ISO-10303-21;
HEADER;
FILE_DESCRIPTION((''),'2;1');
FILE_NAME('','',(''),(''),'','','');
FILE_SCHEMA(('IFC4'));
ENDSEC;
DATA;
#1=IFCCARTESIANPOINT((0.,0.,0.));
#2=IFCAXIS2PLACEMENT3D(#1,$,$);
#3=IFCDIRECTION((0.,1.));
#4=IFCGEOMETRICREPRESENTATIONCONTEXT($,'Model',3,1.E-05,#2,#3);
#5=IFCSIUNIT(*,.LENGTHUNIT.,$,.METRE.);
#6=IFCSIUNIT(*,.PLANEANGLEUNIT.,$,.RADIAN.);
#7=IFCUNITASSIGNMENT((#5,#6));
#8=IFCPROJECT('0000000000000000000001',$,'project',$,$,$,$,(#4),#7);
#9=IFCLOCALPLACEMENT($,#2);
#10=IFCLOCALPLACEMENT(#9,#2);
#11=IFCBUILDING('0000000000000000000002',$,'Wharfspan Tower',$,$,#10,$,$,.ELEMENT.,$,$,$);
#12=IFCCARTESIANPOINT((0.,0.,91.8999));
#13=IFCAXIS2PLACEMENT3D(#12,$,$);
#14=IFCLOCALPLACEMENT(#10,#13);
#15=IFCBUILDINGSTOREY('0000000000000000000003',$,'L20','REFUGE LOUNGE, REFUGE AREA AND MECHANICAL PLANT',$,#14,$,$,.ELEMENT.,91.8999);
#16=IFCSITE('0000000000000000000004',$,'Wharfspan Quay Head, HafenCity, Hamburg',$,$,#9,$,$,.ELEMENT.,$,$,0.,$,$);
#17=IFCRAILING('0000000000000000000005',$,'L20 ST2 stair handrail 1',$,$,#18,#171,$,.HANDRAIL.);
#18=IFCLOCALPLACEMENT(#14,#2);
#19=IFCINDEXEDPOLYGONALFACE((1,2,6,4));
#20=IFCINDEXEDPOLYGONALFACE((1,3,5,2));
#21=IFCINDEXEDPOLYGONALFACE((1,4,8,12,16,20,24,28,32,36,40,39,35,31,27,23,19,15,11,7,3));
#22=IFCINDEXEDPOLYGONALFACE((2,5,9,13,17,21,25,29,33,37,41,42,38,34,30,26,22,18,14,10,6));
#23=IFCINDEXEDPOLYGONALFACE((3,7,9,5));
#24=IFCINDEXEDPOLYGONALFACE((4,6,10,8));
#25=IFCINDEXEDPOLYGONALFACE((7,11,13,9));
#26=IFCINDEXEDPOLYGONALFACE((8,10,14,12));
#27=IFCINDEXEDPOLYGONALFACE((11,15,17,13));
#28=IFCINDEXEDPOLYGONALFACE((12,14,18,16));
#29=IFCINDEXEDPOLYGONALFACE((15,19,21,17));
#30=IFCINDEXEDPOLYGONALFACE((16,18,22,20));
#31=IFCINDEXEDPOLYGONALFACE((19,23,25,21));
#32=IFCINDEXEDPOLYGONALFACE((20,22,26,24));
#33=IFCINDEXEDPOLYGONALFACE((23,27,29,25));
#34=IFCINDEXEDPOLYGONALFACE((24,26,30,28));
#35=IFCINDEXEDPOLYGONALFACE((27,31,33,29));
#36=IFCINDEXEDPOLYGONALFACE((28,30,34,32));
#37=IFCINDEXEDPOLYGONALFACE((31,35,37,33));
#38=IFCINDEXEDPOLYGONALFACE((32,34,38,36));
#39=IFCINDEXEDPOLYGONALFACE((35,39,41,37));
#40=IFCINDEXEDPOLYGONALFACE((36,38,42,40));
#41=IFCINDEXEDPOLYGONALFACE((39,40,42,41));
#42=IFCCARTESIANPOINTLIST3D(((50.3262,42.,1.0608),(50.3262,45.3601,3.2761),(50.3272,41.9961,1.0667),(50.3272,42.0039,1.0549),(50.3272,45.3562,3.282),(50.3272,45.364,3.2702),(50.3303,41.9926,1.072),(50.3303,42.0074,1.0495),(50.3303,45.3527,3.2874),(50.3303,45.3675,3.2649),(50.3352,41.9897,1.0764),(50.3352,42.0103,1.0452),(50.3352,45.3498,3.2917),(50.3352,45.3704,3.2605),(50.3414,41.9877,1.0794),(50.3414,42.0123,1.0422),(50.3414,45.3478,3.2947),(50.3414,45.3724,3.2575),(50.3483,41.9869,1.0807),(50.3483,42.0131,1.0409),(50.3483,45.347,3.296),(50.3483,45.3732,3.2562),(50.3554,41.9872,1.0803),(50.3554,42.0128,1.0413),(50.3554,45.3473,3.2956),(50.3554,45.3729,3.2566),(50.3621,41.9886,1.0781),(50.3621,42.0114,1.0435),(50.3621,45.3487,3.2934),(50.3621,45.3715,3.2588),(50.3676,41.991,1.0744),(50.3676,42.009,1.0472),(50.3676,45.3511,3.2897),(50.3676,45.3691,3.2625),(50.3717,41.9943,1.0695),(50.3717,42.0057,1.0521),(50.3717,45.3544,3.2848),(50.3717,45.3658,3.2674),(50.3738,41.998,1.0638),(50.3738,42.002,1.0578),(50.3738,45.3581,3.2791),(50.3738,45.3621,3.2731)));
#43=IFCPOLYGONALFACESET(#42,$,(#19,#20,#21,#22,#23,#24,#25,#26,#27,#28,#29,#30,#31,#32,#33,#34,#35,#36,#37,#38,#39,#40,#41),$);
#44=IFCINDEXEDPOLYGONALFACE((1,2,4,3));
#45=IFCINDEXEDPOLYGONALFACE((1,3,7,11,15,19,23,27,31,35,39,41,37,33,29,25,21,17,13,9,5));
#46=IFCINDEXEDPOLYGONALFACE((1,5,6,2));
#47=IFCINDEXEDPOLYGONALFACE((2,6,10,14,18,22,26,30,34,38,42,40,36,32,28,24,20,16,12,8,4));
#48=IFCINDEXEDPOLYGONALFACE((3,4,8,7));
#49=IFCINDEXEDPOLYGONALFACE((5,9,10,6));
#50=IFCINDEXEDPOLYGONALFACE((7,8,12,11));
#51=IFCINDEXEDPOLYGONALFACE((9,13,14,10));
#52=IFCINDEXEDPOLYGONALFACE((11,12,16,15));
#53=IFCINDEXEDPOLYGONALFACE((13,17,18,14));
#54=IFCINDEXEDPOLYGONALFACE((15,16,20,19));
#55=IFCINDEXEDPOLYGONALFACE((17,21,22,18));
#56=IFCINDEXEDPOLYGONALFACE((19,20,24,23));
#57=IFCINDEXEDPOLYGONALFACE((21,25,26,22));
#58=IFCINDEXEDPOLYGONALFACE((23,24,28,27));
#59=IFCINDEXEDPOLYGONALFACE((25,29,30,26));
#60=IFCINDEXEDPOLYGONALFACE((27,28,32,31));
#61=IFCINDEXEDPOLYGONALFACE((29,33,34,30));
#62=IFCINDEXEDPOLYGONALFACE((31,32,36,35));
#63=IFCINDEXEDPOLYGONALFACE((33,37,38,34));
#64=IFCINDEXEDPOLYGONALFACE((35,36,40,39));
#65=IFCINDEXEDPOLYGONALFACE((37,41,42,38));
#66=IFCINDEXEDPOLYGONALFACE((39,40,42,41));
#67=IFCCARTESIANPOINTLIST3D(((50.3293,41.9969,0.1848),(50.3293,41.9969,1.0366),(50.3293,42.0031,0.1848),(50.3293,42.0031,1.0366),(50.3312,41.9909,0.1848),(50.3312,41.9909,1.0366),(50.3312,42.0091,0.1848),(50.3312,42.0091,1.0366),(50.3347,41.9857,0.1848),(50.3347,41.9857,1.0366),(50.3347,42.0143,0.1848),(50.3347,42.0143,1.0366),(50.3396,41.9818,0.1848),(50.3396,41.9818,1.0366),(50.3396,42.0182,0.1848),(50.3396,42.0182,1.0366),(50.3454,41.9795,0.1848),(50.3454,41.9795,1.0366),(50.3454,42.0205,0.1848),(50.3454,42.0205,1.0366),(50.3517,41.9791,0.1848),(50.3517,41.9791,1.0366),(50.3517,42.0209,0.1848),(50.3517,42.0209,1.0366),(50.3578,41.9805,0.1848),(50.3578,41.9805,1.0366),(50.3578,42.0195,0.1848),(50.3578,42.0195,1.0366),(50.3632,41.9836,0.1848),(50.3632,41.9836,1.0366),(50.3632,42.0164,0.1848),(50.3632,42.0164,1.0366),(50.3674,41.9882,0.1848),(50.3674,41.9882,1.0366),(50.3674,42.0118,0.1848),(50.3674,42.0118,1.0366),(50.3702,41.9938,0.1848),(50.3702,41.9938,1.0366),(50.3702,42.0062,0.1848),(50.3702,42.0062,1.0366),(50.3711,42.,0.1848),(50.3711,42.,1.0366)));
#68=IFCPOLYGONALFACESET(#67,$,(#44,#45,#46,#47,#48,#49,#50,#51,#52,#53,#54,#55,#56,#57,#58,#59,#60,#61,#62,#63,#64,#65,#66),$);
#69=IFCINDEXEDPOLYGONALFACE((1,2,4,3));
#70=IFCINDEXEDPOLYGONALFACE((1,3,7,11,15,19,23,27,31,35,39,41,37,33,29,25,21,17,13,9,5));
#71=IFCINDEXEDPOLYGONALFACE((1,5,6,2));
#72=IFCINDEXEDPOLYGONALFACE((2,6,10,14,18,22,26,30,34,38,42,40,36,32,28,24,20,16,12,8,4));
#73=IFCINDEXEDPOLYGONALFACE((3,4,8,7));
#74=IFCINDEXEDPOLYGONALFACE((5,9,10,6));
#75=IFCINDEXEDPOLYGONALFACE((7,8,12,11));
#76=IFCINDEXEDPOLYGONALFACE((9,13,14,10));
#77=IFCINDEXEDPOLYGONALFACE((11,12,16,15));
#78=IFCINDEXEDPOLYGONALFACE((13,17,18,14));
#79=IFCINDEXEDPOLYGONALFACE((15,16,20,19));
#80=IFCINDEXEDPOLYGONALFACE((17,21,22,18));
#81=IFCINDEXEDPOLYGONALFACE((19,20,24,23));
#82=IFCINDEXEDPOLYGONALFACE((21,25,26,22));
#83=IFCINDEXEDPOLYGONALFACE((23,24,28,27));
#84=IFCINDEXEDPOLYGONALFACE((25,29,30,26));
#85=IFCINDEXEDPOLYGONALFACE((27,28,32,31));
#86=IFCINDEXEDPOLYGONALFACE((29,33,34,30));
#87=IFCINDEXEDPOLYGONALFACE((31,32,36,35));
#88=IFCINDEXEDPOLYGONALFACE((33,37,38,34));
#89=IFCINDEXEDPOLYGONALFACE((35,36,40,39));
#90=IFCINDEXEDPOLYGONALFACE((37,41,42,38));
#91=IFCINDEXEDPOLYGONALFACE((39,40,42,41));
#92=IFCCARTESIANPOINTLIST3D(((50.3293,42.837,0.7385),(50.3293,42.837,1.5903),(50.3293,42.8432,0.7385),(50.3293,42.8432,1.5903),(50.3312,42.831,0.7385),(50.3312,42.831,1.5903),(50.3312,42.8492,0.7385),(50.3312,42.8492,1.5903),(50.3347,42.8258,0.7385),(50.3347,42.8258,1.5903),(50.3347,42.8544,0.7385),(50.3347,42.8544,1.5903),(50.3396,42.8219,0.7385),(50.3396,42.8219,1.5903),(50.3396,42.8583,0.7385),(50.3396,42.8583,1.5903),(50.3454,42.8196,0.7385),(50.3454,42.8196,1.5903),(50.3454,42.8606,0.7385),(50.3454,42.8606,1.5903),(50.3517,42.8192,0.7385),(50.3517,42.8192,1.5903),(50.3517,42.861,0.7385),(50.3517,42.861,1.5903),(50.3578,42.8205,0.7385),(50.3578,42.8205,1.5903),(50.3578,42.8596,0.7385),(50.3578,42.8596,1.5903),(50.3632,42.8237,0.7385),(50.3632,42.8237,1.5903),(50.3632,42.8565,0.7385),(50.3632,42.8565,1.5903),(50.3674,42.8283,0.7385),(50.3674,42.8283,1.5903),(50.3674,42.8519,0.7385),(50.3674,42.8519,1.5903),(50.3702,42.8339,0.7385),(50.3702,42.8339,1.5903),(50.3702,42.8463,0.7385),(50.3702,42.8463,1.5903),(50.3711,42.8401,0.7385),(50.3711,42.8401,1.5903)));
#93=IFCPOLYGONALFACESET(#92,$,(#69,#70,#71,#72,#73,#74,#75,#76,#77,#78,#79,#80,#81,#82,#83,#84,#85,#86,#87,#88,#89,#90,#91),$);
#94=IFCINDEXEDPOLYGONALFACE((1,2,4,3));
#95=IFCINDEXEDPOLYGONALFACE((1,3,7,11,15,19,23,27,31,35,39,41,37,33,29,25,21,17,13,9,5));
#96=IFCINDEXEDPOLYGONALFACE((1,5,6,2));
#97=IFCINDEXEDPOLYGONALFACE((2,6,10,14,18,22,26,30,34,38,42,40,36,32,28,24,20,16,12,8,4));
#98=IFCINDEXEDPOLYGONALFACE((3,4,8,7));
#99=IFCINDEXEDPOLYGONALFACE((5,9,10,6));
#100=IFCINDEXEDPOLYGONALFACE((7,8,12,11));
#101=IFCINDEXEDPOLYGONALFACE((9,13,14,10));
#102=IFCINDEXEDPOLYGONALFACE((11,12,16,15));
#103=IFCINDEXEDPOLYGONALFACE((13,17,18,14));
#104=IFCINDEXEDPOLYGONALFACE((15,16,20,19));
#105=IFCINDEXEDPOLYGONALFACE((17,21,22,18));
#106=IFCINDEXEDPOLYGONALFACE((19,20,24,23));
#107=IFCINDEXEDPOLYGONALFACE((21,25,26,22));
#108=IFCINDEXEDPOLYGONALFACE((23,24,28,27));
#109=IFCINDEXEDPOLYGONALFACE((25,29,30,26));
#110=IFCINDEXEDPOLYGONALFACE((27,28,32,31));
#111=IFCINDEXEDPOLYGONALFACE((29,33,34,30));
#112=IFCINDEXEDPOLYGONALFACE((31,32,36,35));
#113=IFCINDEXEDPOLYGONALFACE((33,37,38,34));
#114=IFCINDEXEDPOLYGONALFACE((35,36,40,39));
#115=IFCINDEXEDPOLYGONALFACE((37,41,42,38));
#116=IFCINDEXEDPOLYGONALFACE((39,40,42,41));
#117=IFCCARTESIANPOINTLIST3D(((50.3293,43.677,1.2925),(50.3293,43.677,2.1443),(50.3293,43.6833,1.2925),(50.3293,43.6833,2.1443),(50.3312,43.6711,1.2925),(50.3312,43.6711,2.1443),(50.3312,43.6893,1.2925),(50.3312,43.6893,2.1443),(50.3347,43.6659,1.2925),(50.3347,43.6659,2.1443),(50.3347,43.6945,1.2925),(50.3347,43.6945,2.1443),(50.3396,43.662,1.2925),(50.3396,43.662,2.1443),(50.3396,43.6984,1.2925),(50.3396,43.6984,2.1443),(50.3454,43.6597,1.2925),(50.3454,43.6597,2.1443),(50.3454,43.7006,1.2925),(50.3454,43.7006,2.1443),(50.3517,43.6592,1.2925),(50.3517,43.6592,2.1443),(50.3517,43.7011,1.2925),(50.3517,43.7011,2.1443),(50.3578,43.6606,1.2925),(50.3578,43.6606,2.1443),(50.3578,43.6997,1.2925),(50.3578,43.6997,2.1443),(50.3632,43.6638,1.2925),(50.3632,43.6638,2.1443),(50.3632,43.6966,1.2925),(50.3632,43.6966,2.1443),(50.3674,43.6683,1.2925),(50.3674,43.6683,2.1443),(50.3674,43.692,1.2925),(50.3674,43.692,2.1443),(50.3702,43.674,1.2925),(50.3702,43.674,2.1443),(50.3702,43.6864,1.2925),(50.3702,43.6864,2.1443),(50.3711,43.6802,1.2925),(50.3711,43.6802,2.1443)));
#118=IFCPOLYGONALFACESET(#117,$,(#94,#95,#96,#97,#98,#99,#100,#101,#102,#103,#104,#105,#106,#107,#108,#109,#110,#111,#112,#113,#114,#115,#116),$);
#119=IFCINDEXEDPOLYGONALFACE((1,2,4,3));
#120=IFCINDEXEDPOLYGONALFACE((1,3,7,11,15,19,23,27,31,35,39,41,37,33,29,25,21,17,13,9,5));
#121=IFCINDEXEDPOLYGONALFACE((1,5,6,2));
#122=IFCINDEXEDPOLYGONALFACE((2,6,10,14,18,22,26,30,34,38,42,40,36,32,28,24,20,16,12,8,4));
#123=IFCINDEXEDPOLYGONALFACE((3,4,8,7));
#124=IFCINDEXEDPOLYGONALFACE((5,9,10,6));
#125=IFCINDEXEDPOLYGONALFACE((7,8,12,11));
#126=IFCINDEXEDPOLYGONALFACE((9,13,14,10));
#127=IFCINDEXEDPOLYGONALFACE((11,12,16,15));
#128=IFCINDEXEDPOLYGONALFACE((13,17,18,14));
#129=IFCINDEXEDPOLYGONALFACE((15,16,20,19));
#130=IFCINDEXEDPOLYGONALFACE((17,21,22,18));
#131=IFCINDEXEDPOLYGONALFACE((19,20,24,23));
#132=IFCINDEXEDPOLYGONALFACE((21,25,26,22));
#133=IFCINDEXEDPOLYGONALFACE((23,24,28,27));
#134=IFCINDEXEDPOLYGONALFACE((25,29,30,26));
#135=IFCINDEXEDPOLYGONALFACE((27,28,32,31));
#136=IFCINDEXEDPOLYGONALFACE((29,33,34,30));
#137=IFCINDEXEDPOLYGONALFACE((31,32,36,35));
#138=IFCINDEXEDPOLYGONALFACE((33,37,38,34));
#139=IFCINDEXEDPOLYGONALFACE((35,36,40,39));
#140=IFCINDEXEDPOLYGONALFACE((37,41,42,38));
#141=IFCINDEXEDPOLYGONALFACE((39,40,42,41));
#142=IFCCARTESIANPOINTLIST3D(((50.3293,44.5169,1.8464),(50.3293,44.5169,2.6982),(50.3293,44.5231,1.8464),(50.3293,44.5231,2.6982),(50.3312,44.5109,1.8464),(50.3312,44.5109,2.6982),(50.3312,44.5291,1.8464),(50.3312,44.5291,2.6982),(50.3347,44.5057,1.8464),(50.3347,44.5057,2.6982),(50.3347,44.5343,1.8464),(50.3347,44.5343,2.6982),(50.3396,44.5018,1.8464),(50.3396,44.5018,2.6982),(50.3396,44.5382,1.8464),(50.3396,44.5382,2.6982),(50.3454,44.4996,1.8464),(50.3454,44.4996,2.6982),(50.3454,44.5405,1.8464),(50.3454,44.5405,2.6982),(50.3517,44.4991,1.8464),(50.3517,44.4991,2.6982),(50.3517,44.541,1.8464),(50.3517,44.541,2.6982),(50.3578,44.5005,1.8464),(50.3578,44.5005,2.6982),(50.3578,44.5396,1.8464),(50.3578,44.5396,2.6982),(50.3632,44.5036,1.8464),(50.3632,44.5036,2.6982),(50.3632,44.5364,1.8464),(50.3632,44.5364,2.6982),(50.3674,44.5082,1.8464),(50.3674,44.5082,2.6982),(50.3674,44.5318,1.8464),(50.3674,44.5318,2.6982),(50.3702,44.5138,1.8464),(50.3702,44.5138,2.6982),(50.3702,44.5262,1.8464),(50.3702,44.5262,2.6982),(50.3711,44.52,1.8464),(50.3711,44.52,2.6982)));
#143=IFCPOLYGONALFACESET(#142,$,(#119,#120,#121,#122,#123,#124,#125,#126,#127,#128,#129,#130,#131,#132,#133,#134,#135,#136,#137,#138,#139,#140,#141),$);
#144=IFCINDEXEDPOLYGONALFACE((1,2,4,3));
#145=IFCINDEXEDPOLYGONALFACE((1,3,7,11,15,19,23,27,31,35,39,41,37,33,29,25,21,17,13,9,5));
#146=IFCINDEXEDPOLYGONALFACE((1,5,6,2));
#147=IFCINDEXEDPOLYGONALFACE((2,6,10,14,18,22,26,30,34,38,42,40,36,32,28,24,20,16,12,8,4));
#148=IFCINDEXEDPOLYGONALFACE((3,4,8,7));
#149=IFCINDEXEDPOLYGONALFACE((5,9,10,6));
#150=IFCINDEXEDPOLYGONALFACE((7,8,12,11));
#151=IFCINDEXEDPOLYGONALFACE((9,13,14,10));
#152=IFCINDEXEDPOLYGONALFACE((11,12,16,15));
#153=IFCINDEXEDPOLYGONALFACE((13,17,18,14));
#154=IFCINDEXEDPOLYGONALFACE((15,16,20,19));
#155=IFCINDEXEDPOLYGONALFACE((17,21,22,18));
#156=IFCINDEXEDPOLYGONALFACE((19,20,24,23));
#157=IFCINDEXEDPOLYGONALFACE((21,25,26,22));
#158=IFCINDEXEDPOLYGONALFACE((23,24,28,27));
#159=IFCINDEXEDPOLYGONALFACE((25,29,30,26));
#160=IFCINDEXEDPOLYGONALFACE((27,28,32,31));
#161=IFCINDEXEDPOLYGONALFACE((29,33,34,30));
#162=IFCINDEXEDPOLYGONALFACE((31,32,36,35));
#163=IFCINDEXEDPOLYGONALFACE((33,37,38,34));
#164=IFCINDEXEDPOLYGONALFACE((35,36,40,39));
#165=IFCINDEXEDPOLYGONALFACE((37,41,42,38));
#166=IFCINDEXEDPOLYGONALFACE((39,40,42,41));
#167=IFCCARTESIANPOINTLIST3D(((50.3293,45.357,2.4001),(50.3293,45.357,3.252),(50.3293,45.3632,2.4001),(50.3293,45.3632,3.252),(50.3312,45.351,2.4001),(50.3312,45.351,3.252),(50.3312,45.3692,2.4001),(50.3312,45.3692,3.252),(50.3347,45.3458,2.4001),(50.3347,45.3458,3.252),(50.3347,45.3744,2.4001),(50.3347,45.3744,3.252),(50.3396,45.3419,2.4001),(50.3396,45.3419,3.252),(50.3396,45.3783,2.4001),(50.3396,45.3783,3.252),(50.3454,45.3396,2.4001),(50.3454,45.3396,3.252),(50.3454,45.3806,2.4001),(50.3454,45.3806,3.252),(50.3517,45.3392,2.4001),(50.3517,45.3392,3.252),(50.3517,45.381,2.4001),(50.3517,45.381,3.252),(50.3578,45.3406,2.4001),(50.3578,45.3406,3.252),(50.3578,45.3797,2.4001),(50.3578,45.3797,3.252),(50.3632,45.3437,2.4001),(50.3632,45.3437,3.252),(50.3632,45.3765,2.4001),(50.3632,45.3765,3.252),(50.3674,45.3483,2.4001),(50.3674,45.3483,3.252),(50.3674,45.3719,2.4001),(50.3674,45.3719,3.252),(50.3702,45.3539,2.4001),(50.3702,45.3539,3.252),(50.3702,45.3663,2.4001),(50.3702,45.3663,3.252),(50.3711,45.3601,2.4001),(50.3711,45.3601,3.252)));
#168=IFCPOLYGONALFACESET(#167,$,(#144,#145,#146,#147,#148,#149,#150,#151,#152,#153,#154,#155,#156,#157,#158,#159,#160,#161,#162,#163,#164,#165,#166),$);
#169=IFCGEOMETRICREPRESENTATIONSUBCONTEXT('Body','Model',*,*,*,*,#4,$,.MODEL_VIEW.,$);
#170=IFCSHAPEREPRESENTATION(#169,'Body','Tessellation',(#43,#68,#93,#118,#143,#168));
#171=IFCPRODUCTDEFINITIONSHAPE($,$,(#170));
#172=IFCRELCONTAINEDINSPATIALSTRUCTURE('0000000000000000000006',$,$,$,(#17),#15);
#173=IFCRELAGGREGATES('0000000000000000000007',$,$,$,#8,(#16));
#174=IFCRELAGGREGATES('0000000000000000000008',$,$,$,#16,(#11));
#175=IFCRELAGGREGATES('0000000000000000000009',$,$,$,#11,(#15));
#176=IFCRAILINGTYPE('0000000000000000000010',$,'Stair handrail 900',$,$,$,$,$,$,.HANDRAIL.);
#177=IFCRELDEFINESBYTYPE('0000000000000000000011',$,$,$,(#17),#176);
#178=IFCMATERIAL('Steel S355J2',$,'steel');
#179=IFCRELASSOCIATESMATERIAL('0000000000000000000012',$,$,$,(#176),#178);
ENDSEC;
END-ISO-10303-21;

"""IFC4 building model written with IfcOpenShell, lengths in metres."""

from ifc_helpers import new_model, si_unit, direction, frame, origin, origin_2d, place, context, subcontext, project, spatial, circle, extrude, material, type_object, element, save


model = new_model("IFC4")

# Units and contexts
model_context = context("Model", 3, precision=1e-05, world=origin(), true_north=direction((0.0, 1.0)))
body_context = subcontext(model_context, "Body", "Model", "MODEL_VIEW")
ifc_project = project(units=[si_unit("LENGTHUNIT", "METRE"), si_unit("PLANEANGLEUNIT", "RADIAN")], contexts=[model_context])

# Site, building, storey
site_placement = place(None, origin())
site = spatial("IfcSite", under=ifc_project, at=site_placement, Name="Wharfspan Quay Head, HafenCity, Hamburg", CompositionType="ELEMENT", RefElevation=0.0)
building_placement = place(site_placement, origin())
building = spatial("IfcBuilding", under=site, at=building_placement, Name="Wharfspan Tower", CompositionType="ELEMENT")
storey_placement = place(building_placement, frame((0.0, 0.0, 91.8999)))
storey = spatial("IfcBuildingStorey", under=building, at=storey_placement, Name="L20", Description="REFUGE LOUNGE, REFUGE AREA AND MECHANICAL PLANT", CompositionType="ELEMENT", Elevation=91.8999)

# Shared definitions
ifc_material_1 = material(Name="Steel S355J2", Category="steel")

# Railing
railing_type_1 = type_object("IfcRailingType", Name="Stair handrail 900", PredefinedType="HANDRAIL", material=ifc_material_1)
railing_1_placement = place(storey_placement, frame((50.3501, 42.0, 0.1848)))
element("IfcRailing", 1, at=railing_1_placement, inside=storey, type_object=railing_type_1, Name="L20 ST2 stair handrail 1", PredefinedType="HANDRAIL", context=body_context, shape_type="SweptSolid", body=[
    extrude(circle(Radius=0.0239, at=origin_2d()), frame((0.0, 0.0, 0.876), z_axis=(0.0, 0.834876, 0.550437), x_axis=(-1.0, 0.0, 0.0)), (0.0, 0.0, 1.0), 4.0247),
    extrude(circle(Radius=0.021, at=origin_2d()), origin(), (0.0, 0.0, 1.0), 0.8518),
    extrude(circle(Radius=0.021, at=origin_2d()), frame((0.0, 0.8401, 0.5537)), (0.0, 0.0, 1.0), 0.8518),
    extrude(circle(Radius=0.021, at=origin_2d()), frame((0.0, 1.6802, 1.1077)), (0.0, 0.0, 1.0), 0.8518),
    extrude(circle(Radius=0.021, at=origin_2d()), frame((0.0, 2.52, 1.6616)), (0.0, 0.0, 1.0), 0.8518),
    extrude(circle(Radius=0.021, at=origin_2d()), frame((0.0, 3.3601, 2.2153)), (0.0, 0.0, 1.0), 0.8518),
])

save(model, "model.ifc")
